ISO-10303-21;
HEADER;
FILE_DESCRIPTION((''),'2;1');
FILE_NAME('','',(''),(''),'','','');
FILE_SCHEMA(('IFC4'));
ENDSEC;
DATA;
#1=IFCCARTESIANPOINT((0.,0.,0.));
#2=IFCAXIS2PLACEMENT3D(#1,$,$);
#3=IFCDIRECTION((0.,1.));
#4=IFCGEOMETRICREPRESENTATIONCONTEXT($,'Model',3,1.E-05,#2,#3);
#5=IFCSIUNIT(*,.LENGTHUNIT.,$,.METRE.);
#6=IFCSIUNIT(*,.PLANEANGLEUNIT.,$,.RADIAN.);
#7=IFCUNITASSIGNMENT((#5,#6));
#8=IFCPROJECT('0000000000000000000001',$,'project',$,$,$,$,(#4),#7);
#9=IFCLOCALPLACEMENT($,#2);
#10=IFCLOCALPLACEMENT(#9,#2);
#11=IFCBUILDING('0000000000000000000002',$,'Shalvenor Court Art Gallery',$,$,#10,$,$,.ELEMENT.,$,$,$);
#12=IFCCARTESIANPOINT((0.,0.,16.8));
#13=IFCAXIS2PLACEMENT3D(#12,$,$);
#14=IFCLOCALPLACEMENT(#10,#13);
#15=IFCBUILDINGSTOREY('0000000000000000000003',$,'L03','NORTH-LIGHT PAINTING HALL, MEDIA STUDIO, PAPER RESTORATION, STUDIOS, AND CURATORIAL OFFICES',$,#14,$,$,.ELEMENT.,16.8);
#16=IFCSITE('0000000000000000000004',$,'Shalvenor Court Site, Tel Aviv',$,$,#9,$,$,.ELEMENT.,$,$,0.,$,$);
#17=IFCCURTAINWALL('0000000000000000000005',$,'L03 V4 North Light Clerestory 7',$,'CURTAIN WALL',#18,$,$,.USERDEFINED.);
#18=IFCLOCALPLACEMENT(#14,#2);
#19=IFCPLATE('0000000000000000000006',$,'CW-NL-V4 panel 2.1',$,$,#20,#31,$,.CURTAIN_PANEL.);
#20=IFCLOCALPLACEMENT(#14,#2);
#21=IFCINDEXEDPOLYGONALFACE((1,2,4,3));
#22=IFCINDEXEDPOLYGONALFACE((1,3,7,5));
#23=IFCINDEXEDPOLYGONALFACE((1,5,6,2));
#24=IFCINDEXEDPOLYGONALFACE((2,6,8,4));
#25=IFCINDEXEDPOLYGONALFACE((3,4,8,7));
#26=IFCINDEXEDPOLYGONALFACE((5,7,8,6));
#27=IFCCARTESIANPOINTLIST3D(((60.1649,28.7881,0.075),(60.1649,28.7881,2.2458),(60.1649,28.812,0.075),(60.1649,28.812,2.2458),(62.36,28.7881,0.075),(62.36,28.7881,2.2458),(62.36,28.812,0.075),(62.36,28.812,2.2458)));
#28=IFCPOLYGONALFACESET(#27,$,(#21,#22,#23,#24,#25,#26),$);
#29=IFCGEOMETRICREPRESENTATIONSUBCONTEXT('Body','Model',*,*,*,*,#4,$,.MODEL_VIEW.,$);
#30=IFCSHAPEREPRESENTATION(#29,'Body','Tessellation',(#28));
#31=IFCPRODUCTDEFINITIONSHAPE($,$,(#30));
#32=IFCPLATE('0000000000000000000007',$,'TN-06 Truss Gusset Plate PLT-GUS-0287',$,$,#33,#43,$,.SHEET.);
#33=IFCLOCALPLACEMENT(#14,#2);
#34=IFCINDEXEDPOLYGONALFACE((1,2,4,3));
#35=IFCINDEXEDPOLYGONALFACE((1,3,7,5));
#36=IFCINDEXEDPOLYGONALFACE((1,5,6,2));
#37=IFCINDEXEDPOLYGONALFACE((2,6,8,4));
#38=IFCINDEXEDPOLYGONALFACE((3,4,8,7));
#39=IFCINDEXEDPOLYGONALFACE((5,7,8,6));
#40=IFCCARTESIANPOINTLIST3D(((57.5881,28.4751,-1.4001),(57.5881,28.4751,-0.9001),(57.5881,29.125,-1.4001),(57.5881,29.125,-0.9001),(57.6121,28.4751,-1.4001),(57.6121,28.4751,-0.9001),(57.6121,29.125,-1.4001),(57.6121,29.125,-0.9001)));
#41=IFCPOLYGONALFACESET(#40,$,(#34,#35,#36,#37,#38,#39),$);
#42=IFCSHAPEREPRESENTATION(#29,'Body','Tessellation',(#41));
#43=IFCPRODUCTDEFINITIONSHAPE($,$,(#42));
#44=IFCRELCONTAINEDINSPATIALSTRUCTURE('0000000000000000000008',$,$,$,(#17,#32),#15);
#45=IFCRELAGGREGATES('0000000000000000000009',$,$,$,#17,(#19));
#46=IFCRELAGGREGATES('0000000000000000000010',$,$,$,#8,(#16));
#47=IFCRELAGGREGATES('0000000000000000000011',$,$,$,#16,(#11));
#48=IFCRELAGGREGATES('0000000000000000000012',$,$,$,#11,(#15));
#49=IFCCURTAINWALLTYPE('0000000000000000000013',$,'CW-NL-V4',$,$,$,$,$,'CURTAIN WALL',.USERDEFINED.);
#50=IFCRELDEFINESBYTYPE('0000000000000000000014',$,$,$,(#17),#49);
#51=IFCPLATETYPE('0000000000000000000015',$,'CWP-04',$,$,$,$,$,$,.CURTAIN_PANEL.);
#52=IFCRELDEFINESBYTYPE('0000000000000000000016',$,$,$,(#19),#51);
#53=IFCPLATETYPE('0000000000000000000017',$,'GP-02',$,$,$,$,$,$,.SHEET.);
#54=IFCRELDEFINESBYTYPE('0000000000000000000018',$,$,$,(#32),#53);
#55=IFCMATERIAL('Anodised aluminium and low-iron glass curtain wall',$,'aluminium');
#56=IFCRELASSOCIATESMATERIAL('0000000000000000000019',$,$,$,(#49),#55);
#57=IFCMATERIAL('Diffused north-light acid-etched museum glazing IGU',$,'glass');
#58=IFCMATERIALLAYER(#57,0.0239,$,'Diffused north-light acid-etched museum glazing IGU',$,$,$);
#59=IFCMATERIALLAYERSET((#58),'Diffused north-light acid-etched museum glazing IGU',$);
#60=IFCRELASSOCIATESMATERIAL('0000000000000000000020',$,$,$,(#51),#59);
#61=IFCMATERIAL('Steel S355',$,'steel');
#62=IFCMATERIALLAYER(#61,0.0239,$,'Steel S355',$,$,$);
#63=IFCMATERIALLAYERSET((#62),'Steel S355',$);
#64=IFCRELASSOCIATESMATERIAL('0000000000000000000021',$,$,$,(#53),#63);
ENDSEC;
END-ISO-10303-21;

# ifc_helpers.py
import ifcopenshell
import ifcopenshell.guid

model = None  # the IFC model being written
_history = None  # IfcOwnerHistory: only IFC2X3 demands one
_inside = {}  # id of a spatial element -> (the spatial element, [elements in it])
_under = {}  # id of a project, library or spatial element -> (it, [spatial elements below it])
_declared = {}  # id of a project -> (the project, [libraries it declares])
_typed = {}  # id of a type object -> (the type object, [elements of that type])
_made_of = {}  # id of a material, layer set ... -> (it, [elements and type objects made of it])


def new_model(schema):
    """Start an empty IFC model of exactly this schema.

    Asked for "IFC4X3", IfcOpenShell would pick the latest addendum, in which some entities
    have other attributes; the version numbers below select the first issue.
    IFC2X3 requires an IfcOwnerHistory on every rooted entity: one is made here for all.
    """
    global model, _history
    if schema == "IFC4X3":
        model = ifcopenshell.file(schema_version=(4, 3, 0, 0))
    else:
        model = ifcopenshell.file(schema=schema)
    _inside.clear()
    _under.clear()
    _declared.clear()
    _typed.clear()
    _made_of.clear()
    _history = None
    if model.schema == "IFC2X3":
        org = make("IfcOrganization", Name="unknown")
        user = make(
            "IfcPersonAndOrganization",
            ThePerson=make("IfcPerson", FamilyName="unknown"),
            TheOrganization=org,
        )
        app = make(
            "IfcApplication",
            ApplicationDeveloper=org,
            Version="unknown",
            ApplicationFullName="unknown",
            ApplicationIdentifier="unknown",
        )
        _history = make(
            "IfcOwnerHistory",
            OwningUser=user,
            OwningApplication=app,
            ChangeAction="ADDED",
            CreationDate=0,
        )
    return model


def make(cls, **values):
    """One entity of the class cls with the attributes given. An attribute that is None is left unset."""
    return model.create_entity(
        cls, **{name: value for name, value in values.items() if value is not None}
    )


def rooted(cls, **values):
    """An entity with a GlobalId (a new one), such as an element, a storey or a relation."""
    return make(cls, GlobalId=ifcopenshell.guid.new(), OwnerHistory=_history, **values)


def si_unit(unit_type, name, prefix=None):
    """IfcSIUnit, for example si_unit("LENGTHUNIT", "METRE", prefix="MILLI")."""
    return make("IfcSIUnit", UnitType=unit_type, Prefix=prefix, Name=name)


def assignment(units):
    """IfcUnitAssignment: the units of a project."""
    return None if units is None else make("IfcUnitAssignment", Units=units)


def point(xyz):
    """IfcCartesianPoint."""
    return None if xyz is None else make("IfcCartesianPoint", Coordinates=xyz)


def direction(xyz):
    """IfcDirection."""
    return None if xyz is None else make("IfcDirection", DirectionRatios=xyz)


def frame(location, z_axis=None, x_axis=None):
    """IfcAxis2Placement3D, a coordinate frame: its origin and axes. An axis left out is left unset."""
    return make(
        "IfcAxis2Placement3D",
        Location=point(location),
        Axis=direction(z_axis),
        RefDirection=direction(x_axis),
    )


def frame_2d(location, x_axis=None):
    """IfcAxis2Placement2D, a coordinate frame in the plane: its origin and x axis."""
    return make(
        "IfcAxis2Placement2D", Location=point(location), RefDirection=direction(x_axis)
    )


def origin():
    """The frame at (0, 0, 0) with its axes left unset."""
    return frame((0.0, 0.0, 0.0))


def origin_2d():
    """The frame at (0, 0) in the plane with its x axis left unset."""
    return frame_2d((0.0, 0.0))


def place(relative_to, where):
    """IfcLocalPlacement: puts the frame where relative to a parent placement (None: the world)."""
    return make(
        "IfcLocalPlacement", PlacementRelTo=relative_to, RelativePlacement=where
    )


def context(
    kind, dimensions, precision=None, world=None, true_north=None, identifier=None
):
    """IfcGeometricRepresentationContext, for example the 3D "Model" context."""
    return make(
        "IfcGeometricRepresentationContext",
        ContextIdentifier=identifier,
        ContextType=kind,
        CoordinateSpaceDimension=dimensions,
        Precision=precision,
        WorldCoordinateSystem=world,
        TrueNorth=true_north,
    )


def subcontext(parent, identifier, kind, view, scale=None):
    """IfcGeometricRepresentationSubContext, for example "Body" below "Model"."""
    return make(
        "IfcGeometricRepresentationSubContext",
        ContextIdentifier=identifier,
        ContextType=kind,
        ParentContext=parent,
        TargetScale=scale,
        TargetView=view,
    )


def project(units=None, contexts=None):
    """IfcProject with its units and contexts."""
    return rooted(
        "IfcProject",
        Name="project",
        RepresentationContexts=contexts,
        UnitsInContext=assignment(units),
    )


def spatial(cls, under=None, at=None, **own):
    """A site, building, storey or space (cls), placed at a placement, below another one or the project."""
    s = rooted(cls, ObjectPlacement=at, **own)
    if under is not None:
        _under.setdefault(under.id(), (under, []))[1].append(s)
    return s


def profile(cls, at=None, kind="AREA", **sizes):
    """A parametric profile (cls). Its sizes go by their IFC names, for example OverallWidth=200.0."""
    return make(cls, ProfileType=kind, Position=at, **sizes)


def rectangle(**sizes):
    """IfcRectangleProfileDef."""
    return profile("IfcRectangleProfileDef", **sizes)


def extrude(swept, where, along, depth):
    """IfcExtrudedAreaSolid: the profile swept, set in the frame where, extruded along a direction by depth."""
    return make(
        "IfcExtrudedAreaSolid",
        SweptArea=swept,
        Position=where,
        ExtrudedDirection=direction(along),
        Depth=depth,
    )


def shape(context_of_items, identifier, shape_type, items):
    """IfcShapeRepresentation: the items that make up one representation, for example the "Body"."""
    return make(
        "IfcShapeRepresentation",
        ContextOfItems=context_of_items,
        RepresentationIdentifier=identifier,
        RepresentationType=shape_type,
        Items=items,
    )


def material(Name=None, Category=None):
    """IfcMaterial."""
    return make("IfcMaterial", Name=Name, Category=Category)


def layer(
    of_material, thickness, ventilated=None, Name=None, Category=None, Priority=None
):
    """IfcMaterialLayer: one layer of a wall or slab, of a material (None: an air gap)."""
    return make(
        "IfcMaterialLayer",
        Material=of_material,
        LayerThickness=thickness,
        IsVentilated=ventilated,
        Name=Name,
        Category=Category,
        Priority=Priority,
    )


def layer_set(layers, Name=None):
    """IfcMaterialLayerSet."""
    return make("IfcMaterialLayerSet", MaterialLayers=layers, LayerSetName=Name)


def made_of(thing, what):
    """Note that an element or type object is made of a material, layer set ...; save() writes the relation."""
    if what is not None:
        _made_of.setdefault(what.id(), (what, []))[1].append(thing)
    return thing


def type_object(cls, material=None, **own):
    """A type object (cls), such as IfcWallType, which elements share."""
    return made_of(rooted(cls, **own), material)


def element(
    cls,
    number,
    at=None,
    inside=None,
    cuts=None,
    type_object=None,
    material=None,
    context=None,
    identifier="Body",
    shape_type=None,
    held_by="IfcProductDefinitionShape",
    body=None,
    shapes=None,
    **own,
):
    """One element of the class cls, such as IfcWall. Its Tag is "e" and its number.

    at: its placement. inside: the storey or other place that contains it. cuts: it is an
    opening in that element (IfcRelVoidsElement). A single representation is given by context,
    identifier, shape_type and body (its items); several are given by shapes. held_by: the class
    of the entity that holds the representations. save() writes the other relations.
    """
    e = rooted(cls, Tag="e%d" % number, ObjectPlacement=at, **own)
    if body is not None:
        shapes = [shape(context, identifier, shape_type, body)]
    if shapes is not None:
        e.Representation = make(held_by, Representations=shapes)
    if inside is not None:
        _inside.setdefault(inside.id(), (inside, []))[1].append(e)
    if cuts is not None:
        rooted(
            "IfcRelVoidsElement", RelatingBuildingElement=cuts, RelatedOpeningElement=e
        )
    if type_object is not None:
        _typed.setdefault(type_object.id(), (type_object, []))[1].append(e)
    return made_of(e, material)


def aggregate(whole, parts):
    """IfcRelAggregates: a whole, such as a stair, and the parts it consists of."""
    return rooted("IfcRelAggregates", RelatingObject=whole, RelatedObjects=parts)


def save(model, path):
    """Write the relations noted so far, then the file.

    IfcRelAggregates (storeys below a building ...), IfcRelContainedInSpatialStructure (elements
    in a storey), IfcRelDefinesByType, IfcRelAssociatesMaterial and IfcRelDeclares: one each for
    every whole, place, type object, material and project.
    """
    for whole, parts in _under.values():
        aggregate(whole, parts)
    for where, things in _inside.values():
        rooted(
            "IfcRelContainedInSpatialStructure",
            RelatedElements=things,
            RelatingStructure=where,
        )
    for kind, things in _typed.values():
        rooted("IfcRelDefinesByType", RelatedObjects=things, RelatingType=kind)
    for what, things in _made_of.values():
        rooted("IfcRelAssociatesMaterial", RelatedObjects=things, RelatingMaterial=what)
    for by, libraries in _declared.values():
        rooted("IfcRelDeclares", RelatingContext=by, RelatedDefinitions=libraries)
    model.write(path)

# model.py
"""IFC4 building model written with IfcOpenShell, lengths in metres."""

from ifc_helpers import new_model, si_unit, direction, frame, origin, origin_2d, place, context, subcontext, project, spatial, rectangle, extrude, material, layer, layer_set, type_object, element, aggregate, save


model = new_model("IFC4")

# Units and contexts
model_context = context("Model", 3, precision=1e-05, world=origin(), true_north=direction((0.0, 1.0)))
body_context = subcontext(model_context, "Body", "Model", "MODEL_VIEW")
ifc_project = project(units=[si_unit("LENGTHUNIT", "METRE"), si_unit("PLANEANGLEUNIT", "RADIAN")], contexts=[model_context])

# Site, building, storey
site_placement = place(None, origin())
site = spatial("IfcSite", under=ifc_project, at=site_placement, Name="Shalvenor Court Site, Tel Aviv", CompositionType="ELEMENT", RefElevation=0.0)
building_placement = place(site_placement, origin())
building = spatial("IfcBuilding", under=site, at=building_placement, Name="Shalvenor Court Art Gallery", CompositionType="ELEMENT")
storey_placement = place(building_placement, frame((0.0, 0.0, 16.8)))
storey = spatial("IfcBuildingStorey", under=building, at=storey_placement, Name="L03", Description="NORTH-LIGHT PAINTING HALL, MEDIA STUDIO, PAPER RESTORATION, STUDIOS, AND CURATORIAL OFFICES", CompositionType="ELEMENT", Elevation=16.8)

# Curtain wall
ifc_material_1 = material(Name="Anodised aluminium and low-iron glass curtain wall", Category="aluminium")
curtain_wall_type = type_object("IfcCurtainWallType", Name="CW-NL-V4", ElementType="CURTAIN WALL", PredefinedType="USERDEFINED", material=ifc_material_1)
curtain_wall_1_placement = place(storey_placement, origin())
curtain_wall_1 = element("IfcCurtainWall", 1, at=curtain_wall_1_placement, inside=storey, type_object=curtain_wall_type, Name="L03 V4 North Light Clerestory 7", ObjectType="CURTAIN WALL", PredefinedType="USERDEFINED")

# Plates
ifc_material_2 = material(Name="Diffused north-light acid-etched museum glazing IGU", Category="glass")
ifc_layer_1 = layer(ifc_material_2, 0.0239, Name="Diffused north-light acid-etched museum glazing IGU")
ifc_layer_set_1 = layer_set([ifc_layer_1], Name="Diffused north-light acid-etched museum glazing IGU")
plate_type_1 = type_object("IfcPlateType", Name="CWP-04", PredefinedType="CURTAIN_PANEL", material=ifc_layer_set_1)
plate_1_placement = place(storey_placement, frame((61.2625, 28.8, 0.075), z_axis=(0.0, 0.0, 1.0), x_axis=(1.0, 0.0, 0.0)))
plate_1 = element("IfcPlate", 2, at=plate_1_placement, type_object=plate_type_1, Name="CW-NL-V4 panel 2.1", PredefinedType="CURTAIN_PANEL", context=body_context, shape_type="SweptSolid", body=[
    extrude(rectangle(XDim=2.1951, YDim=0.0239, at=origin_2d()), origin(), (0.0, 0.0, 1.0), 2.1709),
])
aggregate(curtain_wall_1, [plate_1])
ifc_material_3 = material(Name="Steel S355", Category="steel")
ifc_layer_2 = layer(ifc_material_3, 0.0239, Name="Steel S355")
ifc_layer_set_2 = layer_set([ifc_layer_2], Name="Steel S355")
plate_type_2 = type_object("IfcPlateType", Name="GP-02", PredefinedType="SHEET", material=ifc_layer_set_2)
plate_2_placement = place(storey_placement, frame((57.6001, 28.8, -1.4001), z_axis=(0.0, 0.0, 1.0), x_axis=(0.0, 1.0, 0.0)))
element("IfcPlate", 3, at=plate_2_placement, inside=storey, type_object=plate_type_2, Name="TN-06 Truss Gusset Plate PLT-GUS-0287", PredefinedType="SHEET", context=body_context, shape_type="SweptSolid", body=[
    extrude(rectangle(XDim=0.6499, YDim=0.0239, at=origin_2d()), origin(), (0.0, 0.0, 1.0), 0.5),
])

save(model, "model.ifc")
